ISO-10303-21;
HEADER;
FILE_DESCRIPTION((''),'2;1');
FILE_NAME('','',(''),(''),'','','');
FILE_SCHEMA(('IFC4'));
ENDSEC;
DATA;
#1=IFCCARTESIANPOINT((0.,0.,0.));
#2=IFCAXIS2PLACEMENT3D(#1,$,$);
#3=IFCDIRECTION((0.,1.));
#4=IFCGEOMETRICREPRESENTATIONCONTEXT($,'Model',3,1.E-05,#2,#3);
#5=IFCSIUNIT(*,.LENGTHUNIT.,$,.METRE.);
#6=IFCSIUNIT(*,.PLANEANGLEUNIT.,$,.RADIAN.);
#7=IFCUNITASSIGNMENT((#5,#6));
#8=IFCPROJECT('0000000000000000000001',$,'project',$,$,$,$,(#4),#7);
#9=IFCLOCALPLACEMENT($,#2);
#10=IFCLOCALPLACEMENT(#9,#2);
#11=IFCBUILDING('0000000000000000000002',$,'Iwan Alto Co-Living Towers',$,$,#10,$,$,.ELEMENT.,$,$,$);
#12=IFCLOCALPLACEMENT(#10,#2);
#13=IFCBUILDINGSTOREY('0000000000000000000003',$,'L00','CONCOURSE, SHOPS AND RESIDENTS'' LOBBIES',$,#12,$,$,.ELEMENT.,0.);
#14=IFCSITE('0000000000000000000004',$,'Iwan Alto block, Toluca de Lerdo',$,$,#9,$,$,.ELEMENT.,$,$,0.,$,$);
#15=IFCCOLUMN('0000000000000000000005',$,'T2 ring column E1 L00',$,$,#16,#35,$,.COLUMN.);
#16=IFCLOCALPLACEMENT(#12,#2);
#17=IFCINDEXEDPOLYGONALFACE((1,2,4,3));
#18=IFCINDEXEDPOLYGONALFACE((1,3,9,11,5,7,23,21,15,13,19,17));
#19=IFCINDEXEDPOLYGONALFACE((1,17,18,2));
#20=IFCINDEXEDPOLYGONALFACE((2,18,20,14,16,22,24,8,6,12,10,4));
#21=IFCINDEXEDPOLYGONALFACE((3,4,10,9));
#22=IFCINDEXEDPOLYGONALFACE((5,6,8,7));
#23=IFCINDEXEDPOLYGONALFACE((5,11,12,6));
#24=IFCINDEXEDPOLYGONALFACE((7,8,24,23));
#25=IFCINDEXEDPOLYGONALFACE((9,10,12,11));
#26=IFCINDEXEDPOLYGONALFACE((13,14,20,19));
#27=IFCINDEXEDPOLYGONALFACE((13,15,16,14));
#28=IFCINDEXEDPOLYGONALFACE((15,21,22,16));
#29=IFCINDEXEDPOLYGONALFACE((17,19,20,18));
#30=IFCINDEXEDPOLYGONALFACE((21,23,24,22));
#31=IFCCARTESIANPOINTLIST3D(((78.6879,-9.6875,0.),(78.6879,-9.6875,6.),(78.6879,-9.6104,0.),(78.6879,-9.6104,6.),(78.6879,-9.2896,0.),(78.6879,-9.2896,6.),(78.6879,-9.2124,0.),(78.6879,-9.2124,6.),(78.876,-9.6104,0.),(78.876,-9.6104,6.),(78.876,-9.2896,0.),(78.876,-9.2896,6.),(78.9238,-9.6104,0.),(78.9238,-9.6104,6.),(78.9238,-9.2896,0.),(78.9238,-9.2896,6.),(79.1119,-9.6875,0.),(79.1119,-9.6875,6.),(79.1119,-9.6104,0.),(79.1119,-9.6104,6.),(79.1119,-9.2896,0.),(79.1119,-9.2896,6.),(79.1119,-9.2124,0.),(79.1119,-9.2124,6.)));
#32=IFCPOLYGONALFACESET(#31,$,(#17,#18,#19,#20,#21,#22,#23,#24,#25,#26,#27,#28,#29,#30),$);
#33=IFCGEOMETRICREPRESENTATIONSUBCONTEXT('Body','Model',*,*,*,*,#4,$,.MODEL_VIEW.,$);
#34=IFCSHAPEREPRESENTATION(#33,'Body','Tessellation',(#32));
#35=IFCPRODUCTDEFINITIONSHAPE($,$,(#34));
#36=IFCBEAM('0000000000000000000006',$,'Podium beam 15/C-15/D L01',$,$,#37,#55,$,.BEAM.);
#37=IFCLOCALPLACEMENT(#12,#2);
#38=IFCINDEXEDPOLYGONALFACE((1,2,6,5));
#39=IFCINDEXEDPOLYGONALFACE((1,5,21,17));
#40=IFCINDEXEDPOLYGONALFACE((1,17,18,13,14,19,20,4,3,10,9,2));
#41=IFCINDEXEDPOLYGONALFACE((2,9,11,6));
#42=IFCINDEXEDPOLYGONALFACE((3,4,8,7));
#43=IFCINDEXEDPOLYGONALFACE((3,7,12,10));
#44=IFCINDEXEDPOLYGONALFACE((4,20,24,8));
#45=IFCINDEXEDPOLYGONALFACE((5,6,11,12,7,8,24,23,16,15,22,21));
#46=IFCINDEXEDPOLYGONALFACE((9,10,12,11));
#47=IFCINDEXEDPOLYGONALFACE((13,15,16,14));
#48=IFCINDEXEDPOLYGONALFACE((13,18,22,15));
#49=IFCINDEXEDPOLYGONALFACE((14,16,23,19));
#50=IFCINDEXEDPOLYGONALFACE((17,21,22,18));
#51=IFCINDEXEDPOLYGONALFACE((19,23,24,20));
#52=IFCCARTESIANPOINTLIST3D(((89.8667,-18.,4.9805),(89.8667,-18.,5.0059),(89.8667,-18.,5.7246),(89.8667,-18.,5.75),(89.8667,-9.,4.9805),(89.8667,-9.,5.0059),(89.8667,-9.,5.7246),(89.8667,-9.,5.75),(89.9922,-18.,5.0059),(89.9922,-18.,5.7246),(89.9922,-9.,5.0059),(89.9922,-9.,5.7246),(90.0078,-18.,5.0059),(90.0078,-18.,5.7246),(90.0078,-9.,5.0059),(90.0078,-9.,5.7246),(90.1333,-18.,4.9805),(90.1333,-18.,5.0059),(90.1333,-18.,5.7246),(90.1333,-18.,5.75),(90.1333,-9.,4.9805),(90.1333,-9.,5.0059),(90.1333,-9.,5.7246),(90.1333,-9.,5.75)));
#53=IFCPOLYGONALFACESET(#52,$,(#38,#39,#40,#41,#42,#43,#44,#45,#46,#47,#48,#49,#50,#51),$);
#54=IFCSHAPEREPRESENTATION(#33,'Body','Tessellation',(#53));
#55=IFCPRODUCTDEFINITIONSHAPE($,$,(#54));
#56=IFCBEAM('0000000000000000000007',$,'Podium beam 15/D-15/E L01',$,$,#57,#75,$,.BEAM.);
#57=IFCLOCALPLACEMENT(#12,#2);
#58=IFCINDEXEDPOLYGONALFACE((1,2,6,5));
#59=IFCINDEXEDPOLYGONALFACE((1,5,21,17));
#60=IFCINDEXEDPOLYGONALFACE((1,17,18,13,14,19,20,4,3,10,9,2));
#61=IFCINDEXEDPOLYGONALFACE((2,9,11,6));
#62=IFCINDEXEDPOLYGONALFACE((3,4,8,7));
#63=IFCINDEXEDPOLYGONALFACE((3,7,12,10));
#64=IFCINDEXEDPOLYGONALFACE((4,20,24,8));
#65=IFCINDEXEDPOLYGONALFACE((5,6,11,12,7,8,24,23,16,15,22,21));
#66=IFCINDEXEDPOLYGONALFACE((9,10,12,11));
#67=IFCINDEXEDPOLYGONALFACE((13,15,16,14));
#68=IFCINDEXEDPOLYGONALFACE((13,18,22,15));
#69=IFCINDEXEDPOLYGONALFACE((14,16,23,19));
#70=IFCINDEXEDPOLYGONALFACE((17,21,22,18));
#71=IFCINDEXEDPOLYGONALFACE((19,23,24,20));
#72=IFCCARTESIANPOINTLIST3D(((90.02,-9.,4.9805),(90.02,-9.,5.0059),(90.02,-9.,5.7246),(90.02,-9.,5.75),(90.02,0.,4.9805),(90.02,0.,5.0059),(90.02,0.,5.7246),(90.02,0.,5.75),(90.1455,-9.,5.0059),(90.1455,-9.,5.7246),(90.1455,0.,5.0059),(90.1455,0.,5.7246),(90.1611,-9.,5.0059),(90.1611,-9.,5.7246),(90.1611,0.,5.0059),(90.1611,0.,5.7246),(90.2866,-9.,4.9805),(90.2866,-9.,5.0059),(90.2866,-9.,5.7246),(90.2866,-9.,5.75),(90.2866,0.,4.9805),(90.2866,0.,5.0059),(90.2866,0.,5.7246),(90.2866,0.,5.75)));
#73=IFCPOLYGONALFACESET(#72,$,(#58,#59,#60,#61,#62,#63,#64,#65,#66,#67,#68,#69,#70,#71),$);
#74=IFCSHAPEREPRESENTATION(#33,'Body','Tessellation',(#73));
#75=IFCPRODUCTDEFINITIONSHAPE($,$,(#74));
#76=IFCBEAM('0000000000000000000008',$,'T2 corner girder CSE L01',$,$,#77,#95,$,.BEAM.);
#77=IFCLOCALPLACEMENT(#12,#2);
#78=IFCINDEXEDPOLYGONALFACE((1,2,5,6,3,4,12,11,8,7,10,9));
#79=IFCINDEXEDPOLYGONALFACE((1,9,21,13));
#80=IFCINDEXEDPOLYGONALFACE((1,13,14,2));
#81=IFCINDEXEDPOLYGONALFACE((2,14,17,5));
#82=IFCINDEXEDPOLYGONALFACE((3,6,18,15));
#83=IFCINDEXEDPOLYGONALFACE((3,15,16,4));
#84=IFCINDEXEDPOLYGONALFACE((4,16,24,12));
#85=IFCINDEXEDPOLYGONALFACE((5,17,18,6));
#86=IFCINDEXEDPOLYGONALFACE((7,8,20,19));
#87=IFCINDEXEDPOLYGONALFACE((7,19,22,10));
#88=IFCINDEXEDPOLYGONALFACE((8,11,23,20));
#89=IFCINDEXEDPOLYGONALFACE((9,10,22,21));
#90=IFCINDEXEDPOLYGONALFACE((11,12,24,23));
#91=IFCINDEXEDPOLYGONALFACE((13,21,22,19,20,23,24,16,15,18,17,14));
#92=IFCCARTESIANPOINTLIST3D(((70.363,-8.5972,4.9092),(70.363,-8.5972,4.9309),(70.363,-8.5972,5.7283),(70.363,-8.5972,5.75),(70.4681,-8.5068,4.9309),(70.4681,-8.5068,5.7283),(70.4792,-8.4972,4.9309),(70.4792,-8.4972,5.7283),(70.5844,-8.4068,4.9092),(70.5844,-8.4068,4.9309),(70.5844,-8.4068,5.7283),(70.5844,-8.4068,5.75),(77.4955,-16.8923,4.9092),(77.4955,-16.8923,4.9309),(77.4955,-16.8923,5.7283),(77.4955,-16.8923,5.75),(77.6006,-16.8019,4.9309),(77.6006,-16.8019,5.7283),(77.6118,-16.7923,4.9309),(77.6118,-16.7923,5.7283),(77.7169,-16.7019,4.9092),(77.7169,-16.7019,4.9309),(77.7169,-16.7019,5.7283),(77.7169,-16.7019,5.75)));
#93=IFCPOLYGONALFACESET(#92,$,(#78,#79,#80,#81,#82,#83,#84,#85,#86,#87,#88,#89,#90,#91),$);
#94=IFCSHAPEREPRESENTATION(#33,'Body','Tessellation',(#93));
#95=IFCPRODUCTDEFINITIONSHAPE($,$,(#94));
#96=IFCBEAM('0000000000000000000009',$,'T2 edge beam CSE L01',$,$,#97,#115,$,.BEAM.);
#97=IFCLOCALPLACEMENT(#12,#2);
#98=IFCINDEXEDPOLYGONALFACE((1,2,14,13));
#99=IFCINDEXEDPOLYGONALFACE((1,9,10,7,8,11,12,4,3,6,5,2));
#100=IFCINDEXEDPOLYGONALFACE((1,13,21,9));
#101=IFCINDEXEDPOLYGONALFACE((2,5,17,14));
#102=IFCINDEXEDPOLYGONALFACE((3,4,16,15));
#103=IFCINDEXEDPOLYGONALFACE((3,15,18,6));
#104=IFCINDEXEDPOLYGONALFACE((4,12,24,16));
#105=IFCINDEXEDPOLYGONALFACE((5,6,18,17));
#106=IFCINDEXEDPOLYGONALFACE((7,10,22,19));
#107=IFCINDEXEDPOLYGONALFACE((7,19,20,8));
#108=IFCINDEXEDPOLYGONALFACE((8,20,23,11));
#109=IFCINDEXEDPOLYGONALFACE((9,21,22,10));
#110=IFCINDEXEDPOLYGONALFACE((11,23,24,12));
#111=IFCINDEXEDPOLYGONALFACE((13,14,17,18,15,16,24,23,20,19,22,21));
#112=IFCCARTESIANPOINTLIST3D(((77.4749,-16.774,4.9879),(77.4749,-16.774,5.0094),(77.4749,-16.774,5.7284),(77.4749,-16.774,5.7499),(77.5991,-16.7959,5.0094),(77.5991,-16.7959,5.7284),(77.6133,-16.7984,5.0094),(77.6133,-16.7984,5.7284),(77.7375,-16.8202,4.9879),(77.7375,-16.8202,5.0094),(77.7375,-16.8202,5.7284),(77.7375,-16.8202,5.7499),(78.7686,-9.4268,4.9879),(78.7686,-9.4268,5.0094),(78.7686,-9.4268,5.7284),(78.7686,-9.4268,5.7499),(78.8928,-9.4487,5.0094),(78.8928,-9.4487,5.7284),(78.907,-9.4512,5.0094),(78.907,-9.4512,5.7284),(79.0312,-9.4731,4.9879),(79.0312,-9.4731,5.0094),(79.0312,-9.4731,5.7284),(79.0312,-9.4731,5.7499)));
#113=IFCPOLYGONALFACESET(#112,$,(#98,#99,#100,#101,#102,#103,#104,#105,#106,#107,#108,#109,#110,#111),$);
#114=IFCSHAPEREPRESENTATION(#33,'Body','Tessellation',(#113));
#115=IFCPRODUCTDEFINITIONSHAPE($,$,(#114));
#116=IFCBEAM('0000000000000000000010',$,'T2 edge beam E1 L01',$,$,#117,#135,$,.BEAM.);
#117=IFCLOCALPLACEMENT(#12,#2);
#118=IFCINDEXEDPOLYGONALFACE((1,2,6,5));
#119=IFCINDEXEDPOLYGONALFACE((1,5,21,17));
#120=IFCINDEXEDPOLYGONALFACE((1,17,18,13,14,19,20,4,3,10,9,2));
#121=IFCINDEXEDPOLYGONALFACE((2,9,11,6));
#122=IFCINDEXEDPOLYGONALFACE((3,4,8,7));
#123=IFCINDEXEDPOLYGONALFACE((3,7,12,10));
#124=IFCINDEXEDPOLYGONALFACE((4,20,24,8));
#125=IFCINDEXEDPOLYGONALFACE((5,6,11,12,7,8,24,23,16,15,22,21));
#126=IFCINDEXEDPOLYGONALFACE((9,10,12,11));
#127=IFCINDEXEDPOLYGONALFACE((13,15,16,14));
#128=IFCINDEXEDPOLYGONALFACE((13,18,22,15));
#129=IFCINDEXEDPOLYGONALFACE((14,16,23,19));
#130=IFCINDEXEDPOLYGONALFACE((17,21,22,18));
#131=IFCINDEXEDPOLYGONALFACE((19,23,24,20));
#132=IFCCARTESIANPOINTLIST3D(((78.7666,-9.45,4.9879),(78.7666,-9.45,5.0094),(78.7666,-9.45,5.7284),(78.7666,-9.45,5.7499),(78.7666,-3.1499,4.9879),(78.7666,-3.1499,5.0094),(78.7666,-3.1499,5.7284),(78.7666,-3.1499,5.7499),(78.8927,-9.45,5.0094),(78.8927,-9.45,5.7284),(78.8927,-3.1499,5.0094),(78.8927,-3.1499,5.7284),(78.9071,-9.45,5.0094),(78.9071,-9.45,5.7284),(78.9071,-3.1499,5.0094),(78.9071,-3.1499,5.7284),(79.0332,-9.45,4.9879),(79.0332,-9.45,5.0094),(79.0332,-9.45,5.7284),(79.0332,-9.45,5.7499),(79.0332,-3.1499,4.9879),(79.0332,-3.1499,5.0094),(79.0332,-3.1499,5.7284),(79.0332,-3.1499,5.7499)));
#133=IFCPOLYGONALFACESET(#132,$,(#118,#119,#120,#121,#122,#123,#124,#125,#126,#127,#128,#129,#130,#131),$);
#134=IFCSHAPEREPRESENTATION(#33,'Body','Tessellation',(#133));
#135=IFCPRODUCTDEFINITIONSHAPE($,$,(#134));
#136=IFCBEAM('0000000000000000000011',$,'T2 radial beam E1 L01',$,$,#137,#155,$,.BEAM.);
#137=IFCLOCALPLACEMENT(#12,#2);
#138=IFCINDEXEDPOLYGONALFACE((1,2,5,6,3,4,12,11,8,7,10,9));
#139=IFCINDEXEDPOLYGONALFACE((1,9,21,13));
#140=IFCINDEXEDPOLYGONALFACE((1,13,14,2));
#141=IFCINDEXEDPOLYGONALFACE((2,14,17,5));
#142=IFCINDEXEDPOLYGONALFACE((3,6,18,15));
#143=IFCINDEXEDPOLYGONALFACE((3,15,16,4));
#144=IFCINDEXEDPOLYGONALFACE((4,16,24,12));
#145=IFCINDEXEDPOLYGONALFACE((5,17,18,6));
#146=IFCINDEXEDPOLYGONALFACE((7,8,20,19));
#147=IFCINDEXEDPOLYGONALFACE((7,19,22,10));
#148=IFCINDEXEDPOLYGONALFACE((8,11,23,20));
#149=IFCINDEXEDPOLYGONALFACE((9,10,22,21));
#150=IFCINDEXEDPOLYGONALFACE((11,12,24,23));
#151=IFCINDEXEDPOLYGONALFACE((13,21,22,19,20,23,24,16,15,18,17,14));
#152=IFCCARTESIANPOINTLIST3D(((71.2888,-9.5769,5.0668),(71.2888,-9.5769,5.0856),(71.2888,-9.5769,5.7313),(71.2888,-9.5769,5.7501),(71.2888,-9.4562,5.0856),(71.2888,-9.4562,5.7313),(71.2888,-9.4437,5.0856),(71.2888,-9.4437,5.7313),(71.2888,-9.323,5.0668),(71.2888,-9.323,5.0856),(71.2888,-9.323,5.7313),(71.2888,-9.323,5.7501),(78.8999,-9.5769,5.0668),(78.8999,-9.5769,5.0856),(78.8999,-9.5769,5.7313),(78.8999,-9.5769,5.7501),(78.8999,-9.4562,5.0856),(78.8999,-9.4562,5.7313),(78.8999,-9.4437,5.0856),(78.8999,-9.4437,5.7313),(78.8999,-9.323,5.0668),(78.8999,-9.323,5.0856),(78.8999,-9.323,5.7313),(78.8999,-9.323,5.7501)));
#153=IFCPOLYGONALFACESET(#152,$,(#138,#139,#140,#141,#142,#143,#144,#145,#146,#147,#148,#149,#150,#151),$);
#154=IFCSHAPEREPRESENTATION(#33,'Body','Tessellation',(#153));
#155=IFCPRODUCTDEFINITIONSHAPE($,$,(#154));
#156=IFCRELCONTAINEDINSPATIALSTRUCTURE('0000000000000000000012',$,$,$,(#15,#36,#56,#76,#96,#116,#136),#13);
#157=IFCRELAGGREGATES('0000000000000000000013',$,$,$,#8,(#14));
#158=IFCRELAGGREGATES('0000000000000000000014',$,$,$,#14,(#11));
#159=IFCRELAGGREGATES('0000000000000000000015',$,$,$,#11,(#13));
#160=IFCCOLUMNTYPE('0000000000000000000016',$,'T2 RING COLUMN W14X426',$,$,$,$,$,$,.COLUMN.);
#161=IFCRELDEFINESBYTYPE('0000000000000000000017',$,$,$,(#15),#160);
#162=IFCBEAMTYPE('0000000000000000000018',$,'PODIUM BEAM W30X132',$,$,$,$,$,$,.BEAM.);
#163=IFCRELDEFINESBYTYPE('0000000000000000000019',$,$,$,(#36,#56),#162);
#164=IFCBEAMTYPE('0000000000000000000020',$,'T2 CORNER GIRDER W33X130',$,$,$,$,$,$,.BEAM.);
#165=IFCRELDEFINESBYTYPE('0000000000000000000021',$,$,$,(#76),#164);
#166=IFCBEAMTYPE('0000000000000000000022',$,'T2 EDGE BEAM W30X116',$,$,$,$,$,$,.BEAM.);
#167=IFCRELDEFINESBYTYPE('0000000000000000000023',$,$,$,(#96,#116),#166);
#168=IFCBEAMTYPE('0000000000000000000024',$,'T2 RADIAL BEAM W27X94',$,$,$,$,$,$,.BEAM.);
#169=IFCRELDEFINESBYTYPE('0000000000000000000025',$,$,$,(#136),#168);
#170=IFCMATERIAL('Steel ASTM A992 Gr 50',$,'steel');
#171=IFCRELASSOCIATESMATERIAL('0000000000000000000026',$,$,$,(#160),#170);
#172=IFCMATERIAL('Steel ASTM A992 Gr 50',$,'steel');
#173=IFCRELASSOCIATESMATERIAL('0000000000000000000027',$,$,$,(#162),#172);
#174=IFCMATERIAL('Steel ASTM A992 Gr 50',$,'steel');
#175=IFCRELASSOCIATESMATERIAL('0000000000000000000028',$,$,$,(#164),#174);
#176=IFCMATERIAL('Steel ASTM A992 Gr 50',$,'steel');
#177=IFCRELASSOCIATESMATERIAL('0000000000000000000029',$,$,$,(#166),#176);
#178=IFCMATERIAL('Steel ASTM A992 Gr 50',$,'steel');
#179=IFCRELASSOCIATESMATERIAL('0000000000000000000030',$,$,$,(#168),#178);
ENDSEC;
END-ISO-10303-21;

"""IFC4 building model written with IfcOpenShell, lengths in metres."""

from ifc_helpers import new_model, si_unit, direction, frame, origin, origin_2d, place, context, subcontext, project, spatial, i_section, extrude, material, material_profile, profile_set, type_object, element, save


model = new_model("IFC4")

# Units and contexts
model_context = context("Model", 3, precision=1e-05, world=origin(), true_north=direction((0.0, 1.0)))
body_context = subcontext(model_context, "Body", "Model", "MODEL_VIEW")
ifc_project = project(units=[si_unit("LENGTHUNIT", "METRE"), si_unit("PLANEANGLEUNIT", "RADIAN")], contexts=[model_context])

# Site, building, storey
site_placement = place(None, origin())
site = spatial("IfcSite", under=ifc_project, at=site_placement, Name="Iwan Alto block, Toluca de Lerdo", CompositionType="ELEMENT", RefElevation=0.0)
building_placement = place(site_placement, origin())
building = spatial("IfcBuilding", under=site, at=building_placement, Name="Iwan Alto Co-Living Towers", CompositionType="ELEMENT")
storey_placement = place(building_placement, origin())
storey = spatial("IfcBuildingStorey", under=building, at=storey_placement, Name="L00", Description="CONCOURSE, SHOPS AND RESIDENTS' LOBBIES", CompositionType="ELEMENT", Elevation=0.0)

# Column
ifc_material_1 = material(Name="Steel ASTM A992 Gr 50", Category="steel")
ifc_material_profile_1 = material_profile(ifc_material_1, i_section(OverallWidth=0.4241, OverallDepth=0.4751, WebThickness=0.0479, FlangeThickness=0.0771, at=origin_2d()), Name="W14X426")
ifc_profile_set_1 = profile_set([ifc_material_profile_1], Name="Steel ASTM A992 Gr 50")
column_type_1 = type_object("IfcColumnType", Name="T2 RING COLUMN W14X426", PredefinedType="COLUMN", material=ifc_profile_set_1)
for number, where, z_axis, x_axis, name in (
    (1, (78.8999, -9.45, 0.0), (0.0, 0.0, 1.0), (1.0, 0.0, 0.0), "T2 ring column E1 L00"),
):
    element("IfcColumn", number, at=place(storey_placement, frame(where, z_axis=z_axis, x_axis=x_axis)), inside=storey, type_object=column_type_1, Name=name, PredefinedType="COLUMN", context=body_context, shape_type="SweptSolid", body=[
        extrude(i_section(OverallWidth=0.4241, OverallDepth=0.4751, WebThickness=0.0479, FlangeThickness=0.0771, at=origin_2d()), origin(), (0.0, 0.0, 1.0), 6.0),
    ])

# Beams
ifc_material_2 = material(Name="Steel ASTM A992 Gr 50", Category="steel")
ifc_material_profile_2 = material_profile(ifc_material_2, i_section(OverallWidth=0.2666, OverallDepth=0.7695, WebThickness=0.0156, FlangeThickness=0.0254, at=origin_2d()), Name="W30X132")
ifc_profile_set_2 = profile_set([ifc_material_profile_2], Name="Steel ASTM A992 Gr 50")
beam_type_1 = type_object("IfcBeamType", Name="PODIUM BEAM W30X132", PredefinedType="BEAM", material=ifc_profile_set_2)
for number, where, z_axis, x_axis, name in (
    (2, (90.0, -18.0, 5.3652), (0.0, 1.0, 0.0), (-1.0, 0.0, 0.0), "Podium beam 15/C-15/D L01"),
    (3, (90.1533, -9.0, 5.3652), (0.0, 1.0, 0.0), (-1.0, 0.0, 0.0), "Podium beam 15/D-15/E L01"),
):
    element("IfcBeam", number, at=place(storey_placement, frame(where, z_axis=z_axis, x_axis=x_axis)), inside=storey, type_object=beam_type_1, Name=name, PredefinedType="BEAM", context=body_context, shape_type="SweptSolid", body=[
        extrude(i_section(OverallWidth=0.2666, OverallDepth=0.7695, WebThickness=0.0156, FlangeThickness=0.0254, at=origin_2d()), origin(), (0.0, 0.0, 1.0), 9.0),
    ])
ifc_material_3 = material(Name="Steel ASTM A992 Gr 50", Category="steel")
ifc_material_profile_3 = material_profile(ifc_material_3, i_section(OverallWidth=0.292, OverallDepth=0.8408, WebThickness=0.0146, FlangeThickness=0.0217, at=origin_2d()), Name="W33X130")
ifc_profile_set_3 = profile_set([ifc_material_profile_3], Name="Steel ASTM A992 Gr 50")
beam_type_2 = type_object("IfcBeamType", Name="T2 CORNER GIRDER W33X130", PredefinedType="BEAM", material=ifc_profile_set_3)
beam_1_placement = place(storey_placement, frame((77.6062, -16.7971, 5.3296), z_axis=(-0.651972, 0.758243, 0.0), x_axis=(-0.758243, -0.651972, 0.0)))
element("IfcBeam", 4, at=beam_1_placement, inside=storey, type_object=beam_type_2, Name="T2 corner girder CSE L01", PredefinedType="BEAM", context=body_context, shape_type="SweptSolid", body=[
    extrude(i_section(OverallWidth=0.292, OverallDepth=0.8408, WebThickness=0.0146, FlangeThickness=0.0217, at=origin_2d()), origin(), (0.0, 0.0, 1.0), 10.9399),
])
ifc_material_4 = material(Name="Steel ASTM A992 Gr 50", Category="steel")
ifc_material_profile_4 = material_profile(ifc_material_4, i_section(OverallWidth=0.2666, OverallDepth=0.762, WebThickness=0.0144, FlangeThickness=0.0215, at=origin_2d()), Name="W30X116")
ifc_profile_set_4 = profile_set([ifc_material_profile_4], Name="Steel ASTM A992 Gr 50")
beam_type_3 = type_object("IfcBeamType", Name="T2 EDGE BEAM W30X116", PredefinedType="BEAM", material=ifc_profile_set_4)
beam_2_placement = place(storey_placement, frame((77.6062, -16.7971, 5.3689), z_axis=(0.173414, 0.984849, 0.0), x_axis=(-0.984849, 0.173414, 0.0)))
element("IfcBeam", 5, at=beam_2_placement, inside=storey, type_object=beam_type_3, Name="T2 edge beam CSE L01", PredefinedType="BEAM", context=body_context, shape_type="SweptSolid", body=[
    extrude(i_section(OverallWidth=0.2666, OverallDepth=0.762, WebThickness=0.0144, FlangeThickness=0.0215, at=origin_2d()), origin(), (0.0, 0.0, 1.0), 7.4602),
])
beam_3_placement = place(storey_placement, frame((78.8999, -9.45, 5.3689), z_axis=(0.0, 1.0, 0.0), x_axis=(-1.0, 0.0, 0.0)))
element("IfcBeam", 6, at=beam_3_placement, inside=storey, type_object=beam_type_3, Name="T2 edge beam E1 L01", PredefinedType="BEAM", context=body_context, shape_type="SweptSolid", body=[
    extrude(i_section(OverallWidth=0.2666, OverallDepth=0.762, WebThickness=0.0144, FlangeThickness=0.0215, at=origin_2d()), origin(), (0.0, 0.0, 1.0), 6.3),
])
ifc_material_5 = material(Name="Steel ASTM A992 Gr 50", Category="steel")
ifc_material_profile_5 = material_profile(ifc_material_5, i_section(OverallWidth=0.2539, OverallDepth=0.6833, WebThickness=0.0125, FlangeThickness=0.0188, at=origin_2d()), Name="W27X94")
ifc_profile_set_5 = profile_set([ifc_material_profile_5], Name="Steel ASTM A992 Gr 50")
beam_type_4 = type_object("IfcBeamType", Name="T2 RADIAL BEAM W27X94", PredefinedType="BEAM", material=ifc_profile_set_5)
beam_4_placement = place(storey_placement, frame((78.8999, -9.45, 5.4084), z_axis=(-1.0, 0.0, 0.0), x_axis=(0.0, -1.0, 0.0)))
element("IfcBeam", 7, at=beam_4_placement, inside=storey, type_object=beam_type_4, Name="T2 radial beam E1 L01", PredefinedType="BEAM", context=body_context, shape_type="SweptSolid", body=[
    extrude(i_section(OverallWidth=0.2539, OverallDepth=0.6833, WebThickness=0.0125, FlangeThickness=0.0188, at=origin_2d()), origin(), (0.0, 0.0, 1.0), 7.6111),
])

save(model, "model.ifc")
